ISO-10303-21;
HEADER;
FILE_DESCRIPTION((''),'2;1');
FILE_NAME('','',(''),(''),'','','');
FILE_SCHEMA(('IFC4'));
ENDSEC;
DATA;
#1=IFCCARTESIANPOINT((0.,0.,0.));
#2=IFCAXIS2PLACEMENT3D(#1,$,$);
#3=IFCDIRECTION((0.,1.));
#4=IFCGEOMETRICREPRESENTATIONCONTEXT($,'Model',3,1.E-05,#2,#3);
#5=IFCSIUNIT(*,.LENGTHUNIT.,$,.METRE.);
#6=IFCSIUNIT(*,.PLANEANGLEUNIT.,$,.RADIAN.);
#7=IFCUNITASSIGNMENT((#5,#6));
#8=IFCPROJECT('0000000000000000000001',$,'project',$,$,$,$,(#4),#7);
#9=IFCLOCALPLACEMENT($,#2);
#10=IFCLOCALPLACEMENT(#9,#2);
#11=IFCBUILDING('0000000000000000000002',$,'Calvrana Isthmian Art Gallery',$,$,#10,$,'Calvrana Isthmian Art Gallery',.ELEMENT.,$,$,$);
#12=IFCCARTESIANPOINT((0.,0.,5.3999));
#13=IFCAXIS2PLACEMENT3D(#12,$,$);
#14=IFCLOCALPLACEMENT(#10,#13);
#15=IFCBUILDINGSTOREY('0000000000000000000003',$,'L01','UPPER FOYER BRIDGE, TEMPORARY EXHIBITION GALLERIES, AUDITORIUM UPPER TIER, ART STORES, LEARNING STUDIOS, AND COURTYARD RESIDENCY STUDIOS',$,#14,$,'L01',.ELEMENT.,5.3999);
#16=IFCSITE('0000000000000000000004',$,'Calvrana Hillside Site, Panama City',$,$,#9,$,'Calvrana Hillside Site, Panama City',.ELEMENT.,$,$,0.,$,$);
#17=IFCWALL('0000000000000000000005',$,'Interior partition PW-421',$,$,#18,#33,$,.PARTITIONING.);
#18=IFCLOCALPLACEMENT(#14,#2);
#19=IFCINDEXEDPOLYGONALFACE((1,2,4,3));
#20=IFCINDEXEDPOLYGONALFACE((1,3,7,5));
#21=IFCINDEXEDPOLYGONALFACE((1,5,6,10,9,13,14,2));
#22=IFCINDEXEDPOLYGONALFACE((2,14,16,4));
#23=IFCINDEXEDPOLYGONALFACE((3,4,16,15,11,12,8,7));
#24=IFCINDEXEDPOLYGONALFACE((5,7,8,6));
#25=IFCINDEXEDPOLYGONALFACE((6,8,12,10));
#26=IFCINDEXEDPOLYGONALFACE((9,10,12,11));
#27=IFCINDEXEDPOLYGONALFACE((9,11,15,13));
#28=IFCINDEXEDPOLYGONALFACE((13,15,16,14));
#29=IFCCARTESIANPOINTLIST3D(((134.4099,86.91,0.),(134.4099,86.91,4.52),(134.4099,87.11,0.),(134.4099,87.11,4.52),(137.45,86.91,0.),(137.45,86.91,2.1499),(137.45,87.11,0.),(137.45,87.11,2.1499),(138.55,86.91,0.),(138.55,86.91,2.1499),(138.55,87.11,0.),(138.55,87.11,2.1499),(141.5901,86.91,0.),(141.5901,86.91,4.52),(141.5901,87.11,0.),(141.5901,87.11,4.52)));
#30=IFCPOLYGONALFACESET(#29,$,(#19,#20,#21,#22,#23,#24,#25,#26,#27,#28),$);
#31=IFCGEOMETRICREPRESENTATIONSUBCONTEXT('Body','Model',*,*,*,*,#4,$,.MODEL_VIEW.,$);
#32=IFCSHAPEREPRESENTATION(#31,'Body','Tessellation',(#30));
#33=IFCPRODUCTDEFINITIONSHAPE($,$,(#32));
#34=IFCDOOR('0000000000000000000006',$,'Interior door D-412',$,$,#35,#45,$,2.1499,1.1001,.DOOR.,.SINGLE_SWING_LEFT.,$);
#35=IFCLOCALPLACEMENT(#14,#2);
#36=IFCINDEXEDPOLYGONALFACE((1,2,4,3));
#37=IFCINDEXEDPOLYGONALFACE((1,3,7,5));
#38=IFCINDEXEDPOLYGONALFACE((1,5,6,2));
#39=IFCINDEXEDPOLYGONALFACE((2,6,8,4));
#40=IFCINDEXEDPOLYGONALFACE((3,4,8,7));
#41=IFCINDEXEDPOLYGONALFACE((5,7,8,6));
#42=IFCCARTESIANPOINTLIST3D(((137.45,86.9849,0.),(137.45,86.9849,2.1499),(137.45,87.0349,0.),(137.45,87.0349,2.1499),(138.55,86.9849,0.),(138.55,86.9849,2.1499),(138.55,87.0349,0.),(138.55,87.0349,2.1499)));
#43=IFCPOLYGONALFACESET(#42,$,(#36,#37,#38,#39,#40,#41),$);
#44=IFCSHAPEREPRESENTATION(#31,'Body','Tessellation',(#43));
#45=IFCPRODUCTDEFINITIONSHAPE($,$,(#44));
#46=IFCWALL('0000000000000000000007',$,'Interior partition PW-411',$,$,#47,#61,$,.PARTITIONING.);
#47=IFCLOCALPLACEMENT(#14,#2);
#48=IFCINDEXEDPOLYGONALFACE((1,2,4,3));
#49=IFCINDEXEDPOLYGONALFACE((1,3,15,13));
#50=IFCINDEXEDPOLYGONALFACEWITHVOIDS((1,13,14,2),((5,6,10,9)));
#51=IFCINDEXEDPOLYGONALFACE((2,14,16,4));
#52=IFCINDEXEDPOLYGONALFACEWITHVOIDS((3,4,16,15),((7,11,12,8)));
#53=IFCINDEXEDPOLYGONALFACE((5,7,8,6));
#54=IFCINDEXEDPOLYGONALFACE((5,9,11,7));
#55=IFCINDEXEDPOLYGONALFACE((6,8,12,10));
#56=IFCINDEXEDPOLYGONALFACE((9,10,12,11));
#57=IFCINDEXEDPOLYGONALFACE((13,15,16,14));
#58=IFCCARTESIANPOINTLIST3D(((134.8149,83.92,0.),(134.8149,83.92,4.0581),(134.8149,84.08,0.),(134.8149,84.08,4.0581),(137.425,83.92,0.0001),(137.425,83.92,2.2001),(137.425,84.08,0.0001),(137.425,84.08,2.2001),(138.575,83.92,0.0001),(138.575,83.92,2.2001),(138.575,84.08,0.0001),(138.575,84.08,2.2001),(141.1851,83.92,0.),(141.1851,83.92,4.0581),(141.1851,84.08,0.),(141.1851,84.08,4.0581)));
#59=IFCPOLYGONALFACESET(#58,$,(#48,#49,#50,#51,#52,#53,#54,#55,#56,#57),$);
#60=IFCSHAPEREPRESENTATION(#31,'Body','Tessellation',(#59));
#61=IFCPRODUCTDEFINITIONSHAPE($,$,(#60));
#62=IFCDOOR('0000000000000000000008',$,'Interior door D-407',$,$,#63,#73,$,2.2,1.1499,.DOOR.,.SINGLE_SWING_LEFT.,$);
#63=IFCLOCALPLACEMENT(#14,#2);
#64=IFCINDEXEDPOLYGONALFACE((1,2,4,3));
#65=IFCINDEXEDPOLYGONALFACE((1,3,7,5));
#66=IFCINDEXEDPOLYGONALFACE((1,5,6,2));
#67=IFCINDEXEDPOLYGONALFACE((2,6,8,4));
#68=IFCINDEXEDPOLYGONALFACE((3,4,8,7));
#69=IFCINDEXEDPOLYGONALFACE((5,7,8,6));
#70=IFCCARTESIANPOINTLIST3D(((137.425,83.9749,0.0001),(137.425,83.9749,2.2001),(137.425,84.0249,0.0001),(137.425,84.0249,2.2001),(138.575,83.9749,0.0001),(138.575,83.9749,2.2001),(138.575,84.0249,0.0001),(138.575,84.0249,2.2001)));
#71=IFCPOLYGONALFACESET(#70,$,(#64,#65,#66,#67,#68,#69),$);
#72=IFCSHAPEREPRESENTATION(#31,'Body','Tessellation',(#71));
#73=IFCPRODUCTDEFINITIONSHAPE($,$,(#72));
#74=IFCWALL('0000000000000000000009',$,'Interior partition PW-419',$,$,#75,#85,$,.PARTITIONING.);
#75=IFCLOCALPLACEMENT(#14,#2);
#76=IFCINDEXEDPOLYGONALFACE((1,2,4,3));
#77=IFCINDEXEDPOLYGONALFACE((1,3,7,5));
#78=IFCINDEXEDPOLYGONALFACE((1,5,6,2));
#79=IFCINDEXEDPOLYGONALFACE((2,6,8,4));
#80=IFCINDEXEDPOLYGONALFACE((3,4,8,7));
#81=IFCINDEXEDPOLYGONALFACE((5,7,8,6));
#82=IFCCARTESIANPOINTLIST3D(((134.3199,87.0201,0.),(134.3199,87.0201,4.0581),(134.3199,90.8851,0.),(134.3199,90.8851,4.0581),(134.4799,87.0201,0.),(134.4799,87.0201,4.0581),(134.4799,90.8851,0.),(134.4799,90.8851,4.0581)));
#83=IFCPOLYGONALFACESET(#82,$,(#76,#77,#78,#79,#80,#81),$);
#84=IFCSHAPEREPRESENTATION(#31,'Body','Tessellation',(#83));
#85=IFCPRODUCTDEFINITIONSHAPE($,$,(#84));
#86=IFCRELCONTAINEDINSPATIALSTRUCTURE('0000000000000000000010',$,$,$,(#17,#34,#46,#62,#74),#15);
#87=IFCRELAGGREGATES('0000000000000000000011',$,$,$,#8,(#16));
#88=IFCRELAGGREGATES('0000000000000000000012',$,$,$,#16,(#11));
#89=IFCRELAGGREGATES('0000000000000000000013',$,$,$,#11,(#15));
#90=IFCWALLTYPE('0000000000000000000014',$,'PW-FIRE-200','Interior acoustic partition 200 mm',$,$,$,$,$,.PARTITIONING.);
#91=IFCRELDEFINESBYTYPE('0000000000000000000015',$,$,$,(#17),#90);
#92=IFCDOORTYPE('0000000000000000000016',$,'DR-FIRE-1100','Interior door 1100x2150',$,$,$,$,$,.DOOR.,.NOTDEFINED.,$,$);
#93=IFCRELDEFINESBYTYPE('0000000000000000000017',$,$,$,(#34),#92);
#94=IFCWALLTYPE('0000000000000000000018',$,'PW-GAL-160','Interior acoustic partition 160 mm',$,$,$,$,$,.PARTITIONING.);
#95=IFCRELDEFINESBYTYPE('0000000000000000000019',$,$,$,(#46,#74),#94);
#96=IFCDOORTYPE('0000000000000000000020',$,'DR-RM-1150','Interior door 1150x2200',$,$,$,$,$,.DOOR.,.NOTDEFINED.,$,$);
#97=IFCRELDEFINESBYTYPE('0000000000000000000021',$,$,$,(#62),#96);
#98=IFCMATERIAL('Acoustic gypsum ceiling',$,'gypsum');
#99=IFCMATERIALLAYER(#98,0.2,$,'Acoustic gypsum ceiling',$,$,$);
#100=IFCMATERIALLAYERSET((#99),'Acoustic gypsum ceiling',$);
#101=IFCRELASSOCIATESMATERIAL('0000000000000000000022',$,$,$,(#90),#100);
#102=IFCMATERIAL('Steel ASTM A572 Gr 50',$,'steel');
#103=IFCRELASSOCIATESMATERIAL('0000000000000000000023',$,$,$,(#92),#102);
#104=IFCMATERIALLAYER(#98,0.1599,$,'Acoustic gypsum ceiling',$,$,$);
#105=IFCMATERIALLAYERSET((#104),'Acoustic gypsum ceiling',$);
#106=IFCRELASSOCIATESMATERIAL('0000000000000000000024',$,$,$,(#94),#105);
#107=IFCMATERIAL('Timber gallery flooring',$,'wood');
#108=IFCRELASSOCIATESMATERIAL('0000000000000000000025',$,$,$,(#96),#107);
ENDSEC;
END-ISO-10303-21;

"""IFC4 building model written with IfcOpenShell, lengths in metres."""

from ifc_helpers import new_model, si_unit, direction, frame, frame_2d, origin, place, context, subcontext, project, spatial, rectangle, extrude, material, layer, layer_set, type_object, element, fill, save


model = new_model("IFC4")

# Units and contexts
model_context = context("Model", 3, precision=1e-05, world=origin(), true_north=direction((0.0, 1.0)))
body_context = subcontext(model_context, "Body", "Model", "MODEL_VIEW")
ifc_project = project(units=[si_unit("LENGTHUNIT", "METRE"), si_unit("PLANEANGLEUNIT", "RADIAN")], contexts=[model_context])

# Site, building, storey
site_placement = place(None, origin())
site = spatial("IfcSite", under=ifc_project, at=site_placement, Name="Calvrana Hillside Site, Panama City", LongName="Calvrana Hillside Site, Panama City", CompositionType="ELEMENT", RefElevation=0.0)
building_placement = place(site_placement, origin())
building = spatial("IfcBuilding", under=site, at=building_placement, Name="Calvrana Isthmian Art Gallery", LongName="Calvrana Isthmian Art Gallery", CompositionType="ELEMENT")
storey_placement = place(building_placement, frame((0.0, 0.0, 5.3999)))
storey = spatial("IfcBuildingStorey", under=building, at=storey_placement, Name="L01", Description="UPPER FOYER BRIDGE, TEMPORARY EXHIBITION GALLERIES, AUDITORIUM UPPER TIER, ART STORES, LEARNING STUDIOS, AND COURTYARD RESIDENCY STUDIOS", LongName="L01", CompositionType="ELEMENT", Elevation=5.3999)

# Walls, openings, doors
ifc_material_1 = material(Name="Acoustic gypsum ceiling", Category="gypsum")
ifc_layer_1 = layer(ifc_material_1, 0.2, Name="Acoustic gypsum ceiling")
ifc_layer_set_1 = layer_set([ifc_layer_1], Name="Acoustic gypsum ceiling")
wall_type_1 = type_object("IfcWallType", Name="PW-FIRE-200", Description="Interior acoustic partition 200 mm", PredefinedType="PARTITIONING", material=ifc_layer_set_1)
wall_1_placement = place(storey_placement, frame((134.4099, 87.01, 0.0), z_axis=(0.0, 0.0, 1.0), x_axis=(1.0, 0.0, 0.0)))
wall_1 = element("IfcWall", 1, at=wall_1_placement, inside=storey, type_object=wall_type_1, Name="Interior partition PW-421", PredefinedType="PARTITIONING", context=body_context, shape_type="SweptSolid", body=[
    extrude(rectangle(XDim=7.1802, YDim=0.2, at=frame_2d((3.5901, 0.0))), origin(), (0.0, 0.0, 1.0), 4.52),
])
opening_1_placement = place(wall_1_placement, frame((3.04, 0.0, 0.0)))
opening_1 = element("IfcOpeningElement", 2, at=opening_1_placement, cuts=wall_1, PredefinedType="OPENING", context=body_context, shape_type="SweptSolid", body=[
    extrude(rectangle(XDim=1.1001, YDim=2.1499, at=frame_2d((0.55, 1.075))), frame((0.0, 0.1104, 0.0), z_axis=(0.0, -1.0, 0.0), x_axis=(1.0, 0.0, 0.0)), (0.0, 0.0, 1.0), 0.2205),
])
ifc_material_2 = material(Name="Steel ASTM A572 Gr 50", Category="steel")
door_type_1 = type_object("IfcDoorType", Name="DR-FIRE-1100", Description="Interior door 1100x2150", OperationType="NOTDEFINED", PredefinedType="DOOR", material=ifc_material_2)
door_1_placement = place(opening_1_placement, origin())
door_1 = element("IfcDoor", 3, at=door_1_placement, inside=storey, type_object=door_type_1, Name="Interior door D-412", OperationType="SINGLE_SWING_LEFT", OverallHeight=2.1499, OverallWidth=1.1001, PredefinedType="DOOR", context=body_context, shape_type="SweptSolid", body=[
    extrude(rectangle(XDim=1.1001, YDim=2.1499, at=frame_2d((0.55, 1.075))), frame((0.0, 0.0249, 0.0), z_axis=(0.0, -1.0, 0.0), x_axis=(1.0, 0.0, 0.0)), (0.0, 0.0, 1.0), 0.05),
])
fill(opening_1, door_1)
ifc_layer_2 = layer(ifc_material_1, 0.1599, Name="Acoustic gypsum ceiling")
ifc_layer_set_2 = layer_set([ifc_layer_2], Name="Acoustic gypsum ceiling")
wall_type_2 = type_object("IfcWallType", Name="PW-GAL-160", Description="Interior acoustic partition 160 mm", PredefinedType="PARTITIONING", material=ifc_layer_set_2)
wall_2_placement = place(storey_placement, frame((134.8149, 84.0, 0.0), z_axis=(0.0, 0.0, 1.0), x_axis=(1.0, 0.0, 0.0)))
wall_2 = element("IfcWall", 4, at=wall_2_placement, inside=storey, type_object=wall_type_2, Name="Interior partition PW-411", PredefinedType="PARTITIONING", context=body_context, shape_type="SweptSolid", body=[
    extrude(rectangle(XDim=6.3701, YDim=0.1599, at=frame_2d((3.1851, 0.0))), origin(), (0.0, 0.0, 1.0), 4.0581),
])
opening_2_placement = place(wall_2_placement, frame((2.6101, 0.0, 0.0)))
opening_2 = element("IfcOpeningElement", 5, at=opening_2_placement, cuts=wall_2, PredefinedType="OPENING", context=body_context, shape_type="SweptSolid", body=[
    extrude(rectangle(XDim=1.1499, YDim=2.2, at=frame_2d((0.575, 1.1001))), frame((0.0, 0.0903, 0.0), z_axis=(0.0, -1.0, 0.0), x_axis=(1.0, 0.0, 0.0)), (0.0, 0.0, 1.0), 0.1804),
])
ifc_material_3 = material(Name="Timber gallery flooring", Category="wood")
door_type_2 = type_object("IfcDoorType", Name="DR-RM-1150", Description="Interior door 1150x2200", OperationType="NOTDEFINED", PredefinedType="DOOR", material=ifc_material_3)
door_2_placement = place(opening_2_placement, origin())
door_2 = element("IfcDoor", 6, at=door_2_placement, inside=storey, type_object=door_type_2, Name="Interior door D-407", OperationType="SINGLE_SWING_LEFT", OverallHeight=2.2, OverallWidth=1.1499, PredefinedType="DOOR", context=body_context, shape_type="SweptSolid", body=[
    extrude(rectangle(XDim=1.1499, YDim=2.2, at=frame_2d((0.575, 1.1001))), frame((0.0, 0.0249, 0.0), z_axis=(0.0, -1.0, 0.0), x_axis=(1.0, 0.0, 0.0)), (0.0, 0.0, 1.0), 0.05),
])
fill(opening_2, door_2)

# Wall
wall_3_placement = place(storey_placement, frame((134.3999, 87.02, 0.0), z_axis=(0.0, 0.0, 1.0), x_axis=(0.0, 1.0, 0.0)))
element("IfcWall", 7, at=wall_3_placement, inside=storey, type_object=wall_type_2, Name="Interior partition PW-419", PredefinedType="PARTITIONING", context=body_context, shape_type="SweptSolid", body=[
    extrude(rectangle(XDim=3.865, YDim=0.1599, at=frame_2d((1.9326, 0.0))), origin(), (0.0, 0.0, 1.0), 4.0581),
])

save(model, "model.ifc")
